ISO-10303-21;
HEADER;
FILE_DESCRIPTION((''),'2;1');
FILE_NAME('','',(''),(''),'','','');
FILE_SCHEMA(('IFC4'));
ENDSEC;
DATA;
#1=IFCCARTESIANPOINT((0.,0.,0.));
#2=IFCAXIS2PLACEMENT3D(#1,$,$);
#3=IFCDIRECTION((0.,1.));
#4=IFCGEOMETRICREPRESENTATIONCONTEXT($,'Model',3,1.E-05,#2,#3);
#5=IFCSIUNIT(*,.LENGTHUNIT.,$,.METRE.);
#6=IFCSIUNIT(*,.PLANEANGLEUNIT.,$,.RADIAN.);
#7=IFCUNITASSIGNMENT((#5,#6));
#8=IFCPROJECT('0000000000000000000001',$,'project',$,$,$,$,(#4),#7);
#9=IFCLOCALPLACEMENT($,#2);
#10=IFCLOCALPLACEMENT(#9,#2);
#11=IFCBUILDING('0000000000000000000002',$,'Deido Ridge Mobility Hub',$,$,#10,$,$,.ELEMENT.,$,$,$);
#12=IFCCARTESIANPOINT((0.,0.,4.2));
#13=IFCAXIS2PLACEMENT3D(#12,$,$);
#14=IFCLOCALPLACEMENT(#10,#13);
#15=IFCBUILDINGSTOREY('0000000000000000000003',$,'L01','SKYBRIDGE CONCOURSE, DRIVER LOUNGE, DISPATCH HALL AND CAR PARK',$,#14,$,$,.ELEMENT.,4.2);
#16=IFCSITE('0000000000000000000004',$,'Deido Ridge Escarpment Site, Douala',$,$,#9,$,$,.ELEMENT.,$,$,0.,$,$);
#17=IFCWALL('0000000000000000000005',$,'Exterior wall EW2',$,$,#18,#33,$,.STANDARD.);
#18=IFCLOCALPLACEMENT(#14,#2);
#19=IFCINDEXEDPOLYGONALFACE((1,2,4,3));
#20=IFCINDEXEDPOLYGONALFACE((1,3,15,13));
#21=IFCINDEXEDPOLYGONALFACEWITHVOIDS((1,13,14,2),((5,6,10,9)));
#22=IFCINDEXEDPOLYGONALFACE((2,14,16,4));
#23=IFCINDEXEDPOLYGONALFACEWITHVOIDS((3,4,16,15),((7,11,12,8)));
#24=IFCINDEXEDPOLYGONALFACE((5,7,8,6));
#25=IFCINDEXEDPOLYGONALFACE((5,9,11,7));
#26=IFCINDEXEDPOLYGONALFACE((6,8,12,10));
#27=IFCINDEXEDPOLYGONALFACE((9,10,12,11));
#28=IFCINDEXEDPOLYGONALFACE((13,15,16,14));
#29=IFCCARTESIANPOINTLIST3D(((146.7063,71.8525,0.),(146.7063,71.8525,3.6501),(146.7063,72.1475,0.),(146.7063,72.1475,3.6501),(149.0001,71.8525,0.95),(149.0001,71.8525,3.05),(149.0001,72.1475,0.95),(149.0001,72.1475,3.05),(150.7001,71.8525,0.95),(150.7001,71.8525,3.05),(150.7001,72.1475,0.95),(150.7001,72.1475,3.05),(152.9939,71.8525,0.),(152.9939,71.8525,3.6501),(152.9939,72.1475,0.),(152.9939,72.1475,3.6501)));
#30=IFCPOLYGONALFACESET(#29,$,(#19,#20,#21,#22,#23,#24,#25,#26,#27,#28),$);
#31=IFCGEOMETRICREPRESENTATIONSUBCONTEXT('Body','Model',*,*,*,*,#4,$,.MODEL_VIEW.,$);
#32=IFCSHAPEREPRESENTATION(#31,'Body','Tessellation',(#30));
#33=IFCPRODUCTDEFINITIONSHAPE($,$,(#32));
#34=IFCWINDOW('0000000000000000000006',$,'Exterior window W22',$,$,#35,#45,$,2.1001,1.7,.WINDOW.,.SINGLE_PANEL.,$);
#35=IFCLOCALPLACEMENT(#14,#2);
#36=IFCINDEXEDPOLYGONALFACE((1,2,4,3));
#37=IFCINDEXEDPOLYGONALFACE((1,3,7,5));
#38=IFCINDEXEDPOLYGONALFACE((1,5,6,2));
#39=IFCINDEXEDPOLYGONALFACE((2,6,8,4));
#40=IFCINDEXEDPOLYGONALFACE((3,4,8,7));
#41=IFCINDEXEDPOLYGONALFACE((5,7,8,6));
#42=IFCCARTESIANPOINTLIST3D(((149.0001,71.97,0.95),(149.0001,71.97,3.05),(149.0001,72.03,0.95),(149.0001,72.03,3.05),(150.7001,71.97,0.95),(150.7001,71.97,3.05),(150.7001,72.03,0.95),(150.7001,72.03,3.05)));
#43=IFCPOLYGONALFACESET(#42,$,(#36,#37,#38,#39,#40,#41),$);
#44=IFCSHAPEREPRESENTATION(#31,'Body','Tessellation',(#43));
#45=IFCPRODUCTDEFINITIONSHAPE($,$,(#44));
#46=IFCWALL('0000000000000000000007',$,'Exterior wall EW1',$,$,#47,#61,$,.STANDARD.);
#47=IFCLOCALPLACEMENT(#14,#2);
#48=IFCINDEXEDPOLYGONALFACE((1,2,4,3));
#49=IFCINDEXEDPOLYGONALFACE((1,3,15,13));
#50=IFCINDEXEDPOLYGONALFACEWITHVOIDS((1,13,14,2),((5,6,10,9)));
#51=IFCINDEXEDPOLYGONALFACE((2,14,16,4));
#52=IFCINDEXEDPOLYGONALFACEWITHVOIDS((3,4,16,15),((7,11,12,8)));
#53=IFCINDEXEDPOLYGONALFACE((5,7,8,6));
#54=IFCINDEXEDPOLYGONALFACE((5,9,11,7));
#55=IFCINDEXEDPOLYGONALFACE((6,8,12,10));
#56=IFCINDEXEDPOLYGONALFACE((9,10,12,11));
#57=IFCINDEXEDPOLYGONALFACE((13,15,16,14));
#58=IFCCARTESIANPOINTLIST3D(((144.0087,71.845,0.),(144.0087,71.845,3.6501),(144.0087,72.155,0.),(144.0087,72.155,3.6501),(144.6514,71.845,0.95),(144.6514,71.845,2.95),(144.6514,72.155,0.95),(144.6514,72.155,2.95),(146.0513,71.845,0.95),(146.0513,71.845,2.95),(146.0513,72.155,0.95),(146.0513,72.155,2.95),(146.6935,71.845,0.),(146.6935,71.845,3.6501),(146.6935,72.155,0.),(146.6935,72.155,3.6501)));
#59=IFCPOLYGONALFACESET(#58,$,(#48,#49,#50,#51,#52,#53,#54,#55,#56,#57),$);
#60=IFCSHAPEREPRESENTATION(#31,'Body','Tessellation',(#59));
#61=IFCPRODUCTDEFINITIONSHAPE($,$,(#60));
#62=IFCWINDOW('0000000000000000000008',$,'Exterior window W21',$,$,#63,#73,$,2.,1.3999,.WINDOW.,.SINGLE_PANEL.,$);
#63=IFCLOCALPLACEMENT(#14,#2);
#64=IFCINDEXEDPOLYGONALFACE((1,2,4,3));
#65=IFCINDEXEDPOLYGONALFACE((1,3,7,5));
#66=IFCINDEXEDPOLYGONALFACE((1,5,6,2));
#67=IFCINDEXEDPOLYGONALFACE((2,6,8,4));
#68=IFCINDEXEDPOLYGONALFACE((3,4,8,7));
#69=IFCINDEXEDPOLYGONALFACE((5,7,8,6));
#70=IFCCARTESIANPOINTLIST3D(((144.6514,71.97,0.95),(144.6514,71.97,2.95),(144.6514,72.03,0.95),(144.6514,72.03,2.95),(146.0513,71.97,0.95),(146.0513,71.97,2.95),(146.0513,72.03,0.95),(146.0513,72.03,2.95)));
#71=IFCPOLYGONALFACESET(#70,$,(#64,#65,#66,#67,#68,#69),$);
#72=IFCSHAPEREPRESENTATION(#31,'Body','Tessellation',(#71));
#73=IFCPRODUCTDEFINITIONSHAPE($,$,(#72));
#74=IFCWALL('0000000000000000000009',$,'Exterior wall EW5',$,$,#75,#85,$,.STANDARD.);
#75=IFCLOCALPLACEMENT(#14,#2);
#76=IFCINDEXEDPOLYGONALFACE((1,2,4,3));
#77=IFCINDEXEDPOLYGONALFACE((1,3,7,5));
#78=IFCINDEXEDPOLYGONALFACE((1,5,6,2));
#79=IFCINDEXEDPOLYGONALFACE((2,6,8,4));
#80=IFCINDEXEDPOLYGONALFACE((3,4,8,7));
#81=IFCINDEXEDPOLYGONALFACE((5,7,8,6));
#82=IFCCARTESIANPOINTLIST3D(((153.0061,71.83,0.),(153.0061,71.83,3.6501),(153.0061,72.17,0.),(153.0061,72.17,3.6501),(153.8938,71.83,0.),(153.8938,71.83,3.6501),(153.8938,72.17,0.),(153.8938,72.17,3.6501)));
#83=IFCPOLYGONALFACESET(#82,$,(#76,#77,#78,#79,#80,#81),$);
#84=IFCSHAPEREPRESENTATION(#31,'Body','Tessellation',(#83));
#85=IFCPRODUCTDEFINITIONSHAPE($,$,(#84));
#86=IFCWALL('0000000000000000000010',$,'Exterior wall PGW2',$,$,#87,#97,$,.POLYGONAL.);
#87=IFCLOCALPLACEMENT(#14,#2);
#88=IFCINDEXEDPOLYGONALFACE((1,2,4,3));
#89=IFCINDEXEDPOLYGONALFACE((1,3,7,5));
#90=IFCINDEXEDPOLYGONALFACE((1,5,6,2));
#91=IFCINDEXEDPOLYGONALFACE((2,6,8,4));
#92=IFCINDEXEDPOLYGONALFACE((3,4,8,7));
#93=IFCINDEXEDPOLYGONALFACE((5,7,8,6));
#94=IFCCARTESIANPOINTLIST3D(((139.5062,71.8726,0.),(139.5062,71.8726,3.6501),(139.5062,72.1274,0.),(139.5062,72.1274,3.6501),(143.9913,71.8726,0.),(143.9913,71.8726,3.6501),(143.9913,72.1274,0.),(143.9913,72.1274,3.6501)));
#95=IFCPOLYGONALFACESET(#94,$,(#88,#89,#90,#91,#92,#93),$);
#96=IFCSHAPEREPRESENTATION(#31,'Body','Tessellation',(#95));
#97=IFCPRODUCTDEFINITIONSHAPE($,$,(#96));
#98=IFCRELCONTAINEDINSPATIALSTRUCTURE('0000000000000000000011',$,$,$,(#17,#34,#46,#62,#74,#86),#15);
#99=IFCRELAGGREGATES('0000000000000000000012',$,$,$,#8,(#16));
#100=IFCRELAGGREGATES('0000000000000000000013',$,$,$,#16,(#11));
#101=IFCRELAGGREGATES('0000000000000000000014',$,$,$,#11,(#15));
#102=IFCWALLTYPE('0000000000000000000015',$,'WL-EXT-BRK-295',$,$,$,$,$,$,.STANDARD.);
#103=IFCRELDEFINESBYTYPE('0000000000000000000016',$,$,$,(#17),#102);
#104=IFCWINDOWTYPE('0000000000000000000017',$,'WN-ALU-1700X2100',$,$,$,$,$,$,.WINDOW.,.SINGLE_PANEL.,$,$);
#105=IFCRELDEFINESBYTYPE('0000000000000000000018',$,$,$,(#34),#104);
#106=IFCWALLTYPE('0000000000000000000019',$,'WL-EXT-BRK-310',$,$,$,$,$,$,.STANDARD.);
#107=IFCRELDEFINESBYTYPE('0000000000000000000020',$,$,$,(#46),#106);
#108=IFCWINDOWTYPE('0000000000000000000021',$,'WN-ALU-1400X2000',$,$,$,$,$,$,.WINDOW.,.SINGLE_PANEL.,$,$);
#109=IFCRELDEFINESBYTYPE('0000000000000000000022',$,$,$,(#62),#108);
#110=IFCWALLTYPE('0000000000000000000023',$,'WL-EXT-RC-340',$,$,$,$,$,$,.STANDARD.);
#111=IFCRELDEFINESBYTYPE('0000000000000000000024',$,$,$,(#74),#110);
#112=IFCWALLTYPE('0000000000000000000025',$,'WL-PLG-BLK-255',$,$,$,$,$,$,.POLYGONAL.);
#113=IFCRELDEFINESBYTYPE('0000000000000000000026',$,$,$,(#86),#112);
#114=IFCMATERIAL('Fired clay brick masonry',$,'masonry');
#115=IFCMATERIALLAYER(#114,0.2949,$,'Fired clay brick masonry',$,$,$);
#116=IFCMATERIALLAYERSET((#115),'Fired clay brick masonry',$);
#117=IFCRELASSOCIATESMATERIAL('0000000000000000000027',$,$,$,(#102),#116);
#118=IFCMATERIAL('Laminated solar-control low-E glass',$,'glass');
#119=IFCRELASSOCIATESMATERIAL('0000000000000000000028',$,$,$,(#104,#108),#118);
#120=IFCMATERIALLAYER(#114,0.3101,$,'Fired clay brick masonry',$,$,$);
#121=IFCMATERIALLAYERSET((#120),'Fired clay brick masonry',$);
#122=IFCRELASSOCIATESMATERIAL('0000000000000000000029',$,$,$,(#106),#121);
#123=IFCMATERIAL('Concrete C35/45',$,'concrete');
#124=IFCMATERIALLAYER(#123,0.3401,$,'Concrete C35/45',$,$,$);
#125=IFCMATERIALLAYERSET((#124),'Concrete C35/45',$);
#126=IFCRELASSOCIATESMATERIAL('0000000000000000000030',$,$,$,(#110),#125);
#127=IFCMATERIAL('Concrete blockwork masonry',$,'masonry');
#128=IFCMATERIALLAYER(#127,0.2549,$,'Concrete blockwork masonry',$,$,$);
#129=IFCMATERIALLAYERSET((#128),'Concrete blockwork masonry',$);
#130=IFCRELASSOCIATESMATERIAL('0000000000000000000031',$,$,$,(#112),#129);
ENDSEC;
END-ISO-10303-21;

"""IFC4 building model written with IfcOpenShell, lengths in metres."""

from ifc_helpers import new_model, si_unit, direction, frame, frame_2d, origin, place, context, subcontext, project, spatial, rectangle, extrude, material, layer, layer_set, type_object, element, fill, save


model = new_model("IFC4")

# Units and contexts
model_context = context("Model", 3, precision=1e-05, world=origin(), true_north=direction((0.0, 1.0)))
body_context = subcontext(model_context, "Body", "Model", "MODEL_VIEW")
ifc_project = project(units=[si_unit("LENGTHUNIT", "METRE"), si_unit("PLANEANGLEUNIT", "RADIAN")], contexts=[model_context])

# Site, building, storey
site_placement = place(None, origin())
site = spatial("IfcSite", under=ifc_project, at=site_placement, Name="Deido Ridge Escarpment Site, Douala", CompositionType="ELEMENT", RefElevation=0.0)
building_placement = place(site_placement, origin())
building = spatial("IfcBuilding", under=site, at=building_placement, Name="Deido Ridge Mobility Hub", CompositionType="ELEMENT")
storey_placement = place(building_placement, frame((0.0, 0.0, 4.2)))
storey = spatial("IfcBuildingStorey", under=building, at=storey_placement, Name="L01", Description="SKYBRIDGE CONCOURSE, DRIVER LOUNGE, DISPATCH HALL AND CAR PARK", CompositionType="ELEMENT", Elevation=4.2)

# Shared definitions
ifc_material_1 = material(Name="Laminated solar-control low-E glass", Category="glass")

# Walls, openings, windows
ifc_material_2 = material(Name="Concrete blockwork masonry", Category="masonry")
ifc_material_3 = material(Name="Fired clay brick masonry", Category="masonry")
ifc_layer_1 = layer(ifc_material_3, 0.2949, Name="Fired clay brick masonry")
ifc_layer_set_1 = layer_set([ifc_layer_1], Name="Fired clay brick masonry")
wall_type_1 = type_object("IfcWallType", Name="WL-EXT-BRK-295", PredefinedType="STANDARD", material=ifc_layer_set_1)
wall_1_placement = place(storey_placement, frame((146.7063, 72.0, 0.0), z_axis=(0.0, 0.0, 1.0), x_axis=(1.0, 0.0, 0.0)))
wall_1 = element("IfcWall", 1, at=wall_1_placement, inside=storey, type_object=wall_type_1, Name="Exterior wall EW2", PredefinedType="STANDARD", context=body_context, shape_type="SweptSolid", body=[
    extrude(rectangle(XDim=6.2876, YDim=0.2949, at=frame_2d((3.1438, 0.0))), origin(), (0.0, 0.0, 1.0), 3.6501),
])
opening_1_placement = place(wall_1_placement, frame((2.2937, 0.0, 0.95)))
opening_1 = element("IfcOpeningElement", 2, at=opening_1_placement, cuts=wall_1, PredefinedType="OPENING", context=body_context, shape_type="SweptSolid", body=[
    extrude(rectangle(XDim=1.7, YDim=2.1001, at=frame_2d((0.8501, 1.05))), frame((0.0, 0.1575, 0.0), z_axis=(0.0, -1.0, 0.0), x_axis=(1.0, 0.0, 0.0)), (0.0, 0.0, 1.0), 0.3149),
])
window_type_1 = type_object("IfcWindowType", Name="WN-ALU-1700X2100", PartitioningType="SINGLE_PANEL", PredefinedType="WINDOW", material=ifc_material_1)
window_1_placement = place(opening_1_placement, origin())
window_1 = element("IfcWindow", 3, at=window_1_placement, inside=storey, type_object=window_type_1, Name="Exterior window W22", OverallHeight=2.1001, OverallWidth=1.7, PartitioningType="SINGLE_PANEL", PredefinedType="WINDOW", context=body_context, shape_type="SweptSolid", body=[
    extrude(rectangle(XDim=1.7, YDim=2.1001, at=frame_2d((0.8501, 1.05))), frame((0.0, 0.03, 0.0), z_axis=(0.0, -1.0, 0.0), x_axis=(1.0, 0.0, 0.0)), (0.0, 0.0, 1.0), 0.0601),
])
fill(opening_1, window_1)
ifc_layer_2 = layer(ifc_material_3, 0.3101, Name="Fired clay brick masonry")
ifc_layer_set_2 = layer_set([ifc_layer_2], Name="Fired clay brick masonry")
wall_type_2 = type_object("IfcWallType", Name="WL-EXT-BRK-310", PredefinedType="STANDARD", material=ifc_layer_set_2)
wall_2_placement = place(storey_placement, frame((144.0088, 72.0, 0.0), z_axis=(0.0, 0.0, 1.0), x_axis=(1.0, 0.0, 0.0)))
wall_2 = element("IfcWall", 4, at=wall_2_placement, inside=storey, type_object=wall_type_2, Name="Exterior wall EW1", PredefinedType="STANDARD", context=body_context, shape_type="SweptSolid", body=[
    extrude(rectangle(XDim=2.6848, YDim=0.3101, at=frame_2d((1.3423, 0.0))), origin(), (0.0, 0.0, 1.0), 3.6501),
])
opening_2_placement = place(wall_2_placement, frame((0.6426, 0.0, 0.95)))
opening_2 = element("IfcOpeningElement", 5, at=opening_2_placement, cuts=wall_2, PredefinedType="OPENING", context=body_context, shape_type="SweptSolid", body=[
    extrude(rectangle(XDim=1.3999, YDim=2.0, at=frame_2d((0.7, 1.0))), frame((0.0, 0.165, 0.0), z_axis=(0.0, -1.0, 0.0), x_axis=(1.0, 0.0, 0.0)), (0.0, 0.0, 1.0), 0.3301),
])
window_type_2 = type_object("IfcWindowType", Name="WN-ALU-1400X2000", PartitioningType="SINGLE_PANEL", PredefinedType="WINDOW", material=ifc_material_1)
window_2_placement = place(opening_2_placement, origin())
window_2 = element("IfcWindow", 6, at=window_2_placement, inside=storey, type_object=window_type_2, Name="Exterior window W21", OverallHeight=2.0, OverallWidth=1.3999, PartitioningType="SINGLE_PANEL", PredefinedType="WINDOW", context=body_context, shape_type="SweptSolid", body=[
    extrude(rectangle(XDim=1.3999, YDim=2.0, at=frame_2d((0.7, 1.0))), frame((0.0, 0.03, 0.0), z_axis=(0.0, -1.0, 0.0), x_axis=(1.0, 0.0, 0.0)), (0.0, 0.0, 1.0), 0.0601),
])
fill(opening_2, window_2)

# Walls
ifc_material_4 = material(Name="Concrete C35/45", Category="concrete")
ifc_layer_3 = layer(ifc_material_4, 0.3401, Name="Concrete C35/45")
ifc_layer_set_3 = layer_set([ifc_layer_3], Name="Concrete C35/45")
wall_type_3 = type_object("IfcWallType", Name="WL-EXT-RC-340", PredefinedType="STANDARD", material=ifc_layer_set_3)
wall_3_placement = place(storey_placement, frame((153.0061, 72.0, 0.0), z_axis=(0.0, 0.0, 1.0), x_axis=(1.0, 0.0, 0.0)))
element("IfcWall", 7, at=wall_3_placement, inside=storey, type_object=wall_type_3, Name="Exterior wall EW5", PredefinedType="STANDARD", context=body_context, shape_type="SweptSolid", body=[
    extrude(rectangle(XDim=0.8877, YDim=0.3401, at=frame_2d((0.4438, 0.0))), origin(), (0.0, 0.0, 1.0), 3.6501),
])
ifc_layer_4 = layer(ifc_material_2, 0.2549, Name="Concrete blockwork masonry")
ifc_layer_set_4 = layer_set([ifc_layer_4], Name="Concrete blockwork masonry")
wall_type_4 = type_object("IfcWallType", Name="WL-PLG-BLK-255", PredefinedType="POLYGONAL", material=ifc_layer_set_4)
wall_4_placement = place(storey_placement, frame((139.5061, 72.0, 0.0), z_axis=(0.0, 0.0, 1.0), x_axis=(1.0, 0.0, 0.0)))
element("IfcWall", 8, at=wall_4_placement, inside=storey, type_object=wall_type_4, Name="Exterior wall PGW2", PredefinedType="POLYGONAL", context=body_context, shape_type="SweptSolid", body=[
    extrude(rectangle(XDim=4.4851, YDim=0.2549, at=frame_2d((2.2427, 0.0))), origin(), (0.0, 0.0, 1.0), 3.6501),
])

save(model, "model.ifc")
